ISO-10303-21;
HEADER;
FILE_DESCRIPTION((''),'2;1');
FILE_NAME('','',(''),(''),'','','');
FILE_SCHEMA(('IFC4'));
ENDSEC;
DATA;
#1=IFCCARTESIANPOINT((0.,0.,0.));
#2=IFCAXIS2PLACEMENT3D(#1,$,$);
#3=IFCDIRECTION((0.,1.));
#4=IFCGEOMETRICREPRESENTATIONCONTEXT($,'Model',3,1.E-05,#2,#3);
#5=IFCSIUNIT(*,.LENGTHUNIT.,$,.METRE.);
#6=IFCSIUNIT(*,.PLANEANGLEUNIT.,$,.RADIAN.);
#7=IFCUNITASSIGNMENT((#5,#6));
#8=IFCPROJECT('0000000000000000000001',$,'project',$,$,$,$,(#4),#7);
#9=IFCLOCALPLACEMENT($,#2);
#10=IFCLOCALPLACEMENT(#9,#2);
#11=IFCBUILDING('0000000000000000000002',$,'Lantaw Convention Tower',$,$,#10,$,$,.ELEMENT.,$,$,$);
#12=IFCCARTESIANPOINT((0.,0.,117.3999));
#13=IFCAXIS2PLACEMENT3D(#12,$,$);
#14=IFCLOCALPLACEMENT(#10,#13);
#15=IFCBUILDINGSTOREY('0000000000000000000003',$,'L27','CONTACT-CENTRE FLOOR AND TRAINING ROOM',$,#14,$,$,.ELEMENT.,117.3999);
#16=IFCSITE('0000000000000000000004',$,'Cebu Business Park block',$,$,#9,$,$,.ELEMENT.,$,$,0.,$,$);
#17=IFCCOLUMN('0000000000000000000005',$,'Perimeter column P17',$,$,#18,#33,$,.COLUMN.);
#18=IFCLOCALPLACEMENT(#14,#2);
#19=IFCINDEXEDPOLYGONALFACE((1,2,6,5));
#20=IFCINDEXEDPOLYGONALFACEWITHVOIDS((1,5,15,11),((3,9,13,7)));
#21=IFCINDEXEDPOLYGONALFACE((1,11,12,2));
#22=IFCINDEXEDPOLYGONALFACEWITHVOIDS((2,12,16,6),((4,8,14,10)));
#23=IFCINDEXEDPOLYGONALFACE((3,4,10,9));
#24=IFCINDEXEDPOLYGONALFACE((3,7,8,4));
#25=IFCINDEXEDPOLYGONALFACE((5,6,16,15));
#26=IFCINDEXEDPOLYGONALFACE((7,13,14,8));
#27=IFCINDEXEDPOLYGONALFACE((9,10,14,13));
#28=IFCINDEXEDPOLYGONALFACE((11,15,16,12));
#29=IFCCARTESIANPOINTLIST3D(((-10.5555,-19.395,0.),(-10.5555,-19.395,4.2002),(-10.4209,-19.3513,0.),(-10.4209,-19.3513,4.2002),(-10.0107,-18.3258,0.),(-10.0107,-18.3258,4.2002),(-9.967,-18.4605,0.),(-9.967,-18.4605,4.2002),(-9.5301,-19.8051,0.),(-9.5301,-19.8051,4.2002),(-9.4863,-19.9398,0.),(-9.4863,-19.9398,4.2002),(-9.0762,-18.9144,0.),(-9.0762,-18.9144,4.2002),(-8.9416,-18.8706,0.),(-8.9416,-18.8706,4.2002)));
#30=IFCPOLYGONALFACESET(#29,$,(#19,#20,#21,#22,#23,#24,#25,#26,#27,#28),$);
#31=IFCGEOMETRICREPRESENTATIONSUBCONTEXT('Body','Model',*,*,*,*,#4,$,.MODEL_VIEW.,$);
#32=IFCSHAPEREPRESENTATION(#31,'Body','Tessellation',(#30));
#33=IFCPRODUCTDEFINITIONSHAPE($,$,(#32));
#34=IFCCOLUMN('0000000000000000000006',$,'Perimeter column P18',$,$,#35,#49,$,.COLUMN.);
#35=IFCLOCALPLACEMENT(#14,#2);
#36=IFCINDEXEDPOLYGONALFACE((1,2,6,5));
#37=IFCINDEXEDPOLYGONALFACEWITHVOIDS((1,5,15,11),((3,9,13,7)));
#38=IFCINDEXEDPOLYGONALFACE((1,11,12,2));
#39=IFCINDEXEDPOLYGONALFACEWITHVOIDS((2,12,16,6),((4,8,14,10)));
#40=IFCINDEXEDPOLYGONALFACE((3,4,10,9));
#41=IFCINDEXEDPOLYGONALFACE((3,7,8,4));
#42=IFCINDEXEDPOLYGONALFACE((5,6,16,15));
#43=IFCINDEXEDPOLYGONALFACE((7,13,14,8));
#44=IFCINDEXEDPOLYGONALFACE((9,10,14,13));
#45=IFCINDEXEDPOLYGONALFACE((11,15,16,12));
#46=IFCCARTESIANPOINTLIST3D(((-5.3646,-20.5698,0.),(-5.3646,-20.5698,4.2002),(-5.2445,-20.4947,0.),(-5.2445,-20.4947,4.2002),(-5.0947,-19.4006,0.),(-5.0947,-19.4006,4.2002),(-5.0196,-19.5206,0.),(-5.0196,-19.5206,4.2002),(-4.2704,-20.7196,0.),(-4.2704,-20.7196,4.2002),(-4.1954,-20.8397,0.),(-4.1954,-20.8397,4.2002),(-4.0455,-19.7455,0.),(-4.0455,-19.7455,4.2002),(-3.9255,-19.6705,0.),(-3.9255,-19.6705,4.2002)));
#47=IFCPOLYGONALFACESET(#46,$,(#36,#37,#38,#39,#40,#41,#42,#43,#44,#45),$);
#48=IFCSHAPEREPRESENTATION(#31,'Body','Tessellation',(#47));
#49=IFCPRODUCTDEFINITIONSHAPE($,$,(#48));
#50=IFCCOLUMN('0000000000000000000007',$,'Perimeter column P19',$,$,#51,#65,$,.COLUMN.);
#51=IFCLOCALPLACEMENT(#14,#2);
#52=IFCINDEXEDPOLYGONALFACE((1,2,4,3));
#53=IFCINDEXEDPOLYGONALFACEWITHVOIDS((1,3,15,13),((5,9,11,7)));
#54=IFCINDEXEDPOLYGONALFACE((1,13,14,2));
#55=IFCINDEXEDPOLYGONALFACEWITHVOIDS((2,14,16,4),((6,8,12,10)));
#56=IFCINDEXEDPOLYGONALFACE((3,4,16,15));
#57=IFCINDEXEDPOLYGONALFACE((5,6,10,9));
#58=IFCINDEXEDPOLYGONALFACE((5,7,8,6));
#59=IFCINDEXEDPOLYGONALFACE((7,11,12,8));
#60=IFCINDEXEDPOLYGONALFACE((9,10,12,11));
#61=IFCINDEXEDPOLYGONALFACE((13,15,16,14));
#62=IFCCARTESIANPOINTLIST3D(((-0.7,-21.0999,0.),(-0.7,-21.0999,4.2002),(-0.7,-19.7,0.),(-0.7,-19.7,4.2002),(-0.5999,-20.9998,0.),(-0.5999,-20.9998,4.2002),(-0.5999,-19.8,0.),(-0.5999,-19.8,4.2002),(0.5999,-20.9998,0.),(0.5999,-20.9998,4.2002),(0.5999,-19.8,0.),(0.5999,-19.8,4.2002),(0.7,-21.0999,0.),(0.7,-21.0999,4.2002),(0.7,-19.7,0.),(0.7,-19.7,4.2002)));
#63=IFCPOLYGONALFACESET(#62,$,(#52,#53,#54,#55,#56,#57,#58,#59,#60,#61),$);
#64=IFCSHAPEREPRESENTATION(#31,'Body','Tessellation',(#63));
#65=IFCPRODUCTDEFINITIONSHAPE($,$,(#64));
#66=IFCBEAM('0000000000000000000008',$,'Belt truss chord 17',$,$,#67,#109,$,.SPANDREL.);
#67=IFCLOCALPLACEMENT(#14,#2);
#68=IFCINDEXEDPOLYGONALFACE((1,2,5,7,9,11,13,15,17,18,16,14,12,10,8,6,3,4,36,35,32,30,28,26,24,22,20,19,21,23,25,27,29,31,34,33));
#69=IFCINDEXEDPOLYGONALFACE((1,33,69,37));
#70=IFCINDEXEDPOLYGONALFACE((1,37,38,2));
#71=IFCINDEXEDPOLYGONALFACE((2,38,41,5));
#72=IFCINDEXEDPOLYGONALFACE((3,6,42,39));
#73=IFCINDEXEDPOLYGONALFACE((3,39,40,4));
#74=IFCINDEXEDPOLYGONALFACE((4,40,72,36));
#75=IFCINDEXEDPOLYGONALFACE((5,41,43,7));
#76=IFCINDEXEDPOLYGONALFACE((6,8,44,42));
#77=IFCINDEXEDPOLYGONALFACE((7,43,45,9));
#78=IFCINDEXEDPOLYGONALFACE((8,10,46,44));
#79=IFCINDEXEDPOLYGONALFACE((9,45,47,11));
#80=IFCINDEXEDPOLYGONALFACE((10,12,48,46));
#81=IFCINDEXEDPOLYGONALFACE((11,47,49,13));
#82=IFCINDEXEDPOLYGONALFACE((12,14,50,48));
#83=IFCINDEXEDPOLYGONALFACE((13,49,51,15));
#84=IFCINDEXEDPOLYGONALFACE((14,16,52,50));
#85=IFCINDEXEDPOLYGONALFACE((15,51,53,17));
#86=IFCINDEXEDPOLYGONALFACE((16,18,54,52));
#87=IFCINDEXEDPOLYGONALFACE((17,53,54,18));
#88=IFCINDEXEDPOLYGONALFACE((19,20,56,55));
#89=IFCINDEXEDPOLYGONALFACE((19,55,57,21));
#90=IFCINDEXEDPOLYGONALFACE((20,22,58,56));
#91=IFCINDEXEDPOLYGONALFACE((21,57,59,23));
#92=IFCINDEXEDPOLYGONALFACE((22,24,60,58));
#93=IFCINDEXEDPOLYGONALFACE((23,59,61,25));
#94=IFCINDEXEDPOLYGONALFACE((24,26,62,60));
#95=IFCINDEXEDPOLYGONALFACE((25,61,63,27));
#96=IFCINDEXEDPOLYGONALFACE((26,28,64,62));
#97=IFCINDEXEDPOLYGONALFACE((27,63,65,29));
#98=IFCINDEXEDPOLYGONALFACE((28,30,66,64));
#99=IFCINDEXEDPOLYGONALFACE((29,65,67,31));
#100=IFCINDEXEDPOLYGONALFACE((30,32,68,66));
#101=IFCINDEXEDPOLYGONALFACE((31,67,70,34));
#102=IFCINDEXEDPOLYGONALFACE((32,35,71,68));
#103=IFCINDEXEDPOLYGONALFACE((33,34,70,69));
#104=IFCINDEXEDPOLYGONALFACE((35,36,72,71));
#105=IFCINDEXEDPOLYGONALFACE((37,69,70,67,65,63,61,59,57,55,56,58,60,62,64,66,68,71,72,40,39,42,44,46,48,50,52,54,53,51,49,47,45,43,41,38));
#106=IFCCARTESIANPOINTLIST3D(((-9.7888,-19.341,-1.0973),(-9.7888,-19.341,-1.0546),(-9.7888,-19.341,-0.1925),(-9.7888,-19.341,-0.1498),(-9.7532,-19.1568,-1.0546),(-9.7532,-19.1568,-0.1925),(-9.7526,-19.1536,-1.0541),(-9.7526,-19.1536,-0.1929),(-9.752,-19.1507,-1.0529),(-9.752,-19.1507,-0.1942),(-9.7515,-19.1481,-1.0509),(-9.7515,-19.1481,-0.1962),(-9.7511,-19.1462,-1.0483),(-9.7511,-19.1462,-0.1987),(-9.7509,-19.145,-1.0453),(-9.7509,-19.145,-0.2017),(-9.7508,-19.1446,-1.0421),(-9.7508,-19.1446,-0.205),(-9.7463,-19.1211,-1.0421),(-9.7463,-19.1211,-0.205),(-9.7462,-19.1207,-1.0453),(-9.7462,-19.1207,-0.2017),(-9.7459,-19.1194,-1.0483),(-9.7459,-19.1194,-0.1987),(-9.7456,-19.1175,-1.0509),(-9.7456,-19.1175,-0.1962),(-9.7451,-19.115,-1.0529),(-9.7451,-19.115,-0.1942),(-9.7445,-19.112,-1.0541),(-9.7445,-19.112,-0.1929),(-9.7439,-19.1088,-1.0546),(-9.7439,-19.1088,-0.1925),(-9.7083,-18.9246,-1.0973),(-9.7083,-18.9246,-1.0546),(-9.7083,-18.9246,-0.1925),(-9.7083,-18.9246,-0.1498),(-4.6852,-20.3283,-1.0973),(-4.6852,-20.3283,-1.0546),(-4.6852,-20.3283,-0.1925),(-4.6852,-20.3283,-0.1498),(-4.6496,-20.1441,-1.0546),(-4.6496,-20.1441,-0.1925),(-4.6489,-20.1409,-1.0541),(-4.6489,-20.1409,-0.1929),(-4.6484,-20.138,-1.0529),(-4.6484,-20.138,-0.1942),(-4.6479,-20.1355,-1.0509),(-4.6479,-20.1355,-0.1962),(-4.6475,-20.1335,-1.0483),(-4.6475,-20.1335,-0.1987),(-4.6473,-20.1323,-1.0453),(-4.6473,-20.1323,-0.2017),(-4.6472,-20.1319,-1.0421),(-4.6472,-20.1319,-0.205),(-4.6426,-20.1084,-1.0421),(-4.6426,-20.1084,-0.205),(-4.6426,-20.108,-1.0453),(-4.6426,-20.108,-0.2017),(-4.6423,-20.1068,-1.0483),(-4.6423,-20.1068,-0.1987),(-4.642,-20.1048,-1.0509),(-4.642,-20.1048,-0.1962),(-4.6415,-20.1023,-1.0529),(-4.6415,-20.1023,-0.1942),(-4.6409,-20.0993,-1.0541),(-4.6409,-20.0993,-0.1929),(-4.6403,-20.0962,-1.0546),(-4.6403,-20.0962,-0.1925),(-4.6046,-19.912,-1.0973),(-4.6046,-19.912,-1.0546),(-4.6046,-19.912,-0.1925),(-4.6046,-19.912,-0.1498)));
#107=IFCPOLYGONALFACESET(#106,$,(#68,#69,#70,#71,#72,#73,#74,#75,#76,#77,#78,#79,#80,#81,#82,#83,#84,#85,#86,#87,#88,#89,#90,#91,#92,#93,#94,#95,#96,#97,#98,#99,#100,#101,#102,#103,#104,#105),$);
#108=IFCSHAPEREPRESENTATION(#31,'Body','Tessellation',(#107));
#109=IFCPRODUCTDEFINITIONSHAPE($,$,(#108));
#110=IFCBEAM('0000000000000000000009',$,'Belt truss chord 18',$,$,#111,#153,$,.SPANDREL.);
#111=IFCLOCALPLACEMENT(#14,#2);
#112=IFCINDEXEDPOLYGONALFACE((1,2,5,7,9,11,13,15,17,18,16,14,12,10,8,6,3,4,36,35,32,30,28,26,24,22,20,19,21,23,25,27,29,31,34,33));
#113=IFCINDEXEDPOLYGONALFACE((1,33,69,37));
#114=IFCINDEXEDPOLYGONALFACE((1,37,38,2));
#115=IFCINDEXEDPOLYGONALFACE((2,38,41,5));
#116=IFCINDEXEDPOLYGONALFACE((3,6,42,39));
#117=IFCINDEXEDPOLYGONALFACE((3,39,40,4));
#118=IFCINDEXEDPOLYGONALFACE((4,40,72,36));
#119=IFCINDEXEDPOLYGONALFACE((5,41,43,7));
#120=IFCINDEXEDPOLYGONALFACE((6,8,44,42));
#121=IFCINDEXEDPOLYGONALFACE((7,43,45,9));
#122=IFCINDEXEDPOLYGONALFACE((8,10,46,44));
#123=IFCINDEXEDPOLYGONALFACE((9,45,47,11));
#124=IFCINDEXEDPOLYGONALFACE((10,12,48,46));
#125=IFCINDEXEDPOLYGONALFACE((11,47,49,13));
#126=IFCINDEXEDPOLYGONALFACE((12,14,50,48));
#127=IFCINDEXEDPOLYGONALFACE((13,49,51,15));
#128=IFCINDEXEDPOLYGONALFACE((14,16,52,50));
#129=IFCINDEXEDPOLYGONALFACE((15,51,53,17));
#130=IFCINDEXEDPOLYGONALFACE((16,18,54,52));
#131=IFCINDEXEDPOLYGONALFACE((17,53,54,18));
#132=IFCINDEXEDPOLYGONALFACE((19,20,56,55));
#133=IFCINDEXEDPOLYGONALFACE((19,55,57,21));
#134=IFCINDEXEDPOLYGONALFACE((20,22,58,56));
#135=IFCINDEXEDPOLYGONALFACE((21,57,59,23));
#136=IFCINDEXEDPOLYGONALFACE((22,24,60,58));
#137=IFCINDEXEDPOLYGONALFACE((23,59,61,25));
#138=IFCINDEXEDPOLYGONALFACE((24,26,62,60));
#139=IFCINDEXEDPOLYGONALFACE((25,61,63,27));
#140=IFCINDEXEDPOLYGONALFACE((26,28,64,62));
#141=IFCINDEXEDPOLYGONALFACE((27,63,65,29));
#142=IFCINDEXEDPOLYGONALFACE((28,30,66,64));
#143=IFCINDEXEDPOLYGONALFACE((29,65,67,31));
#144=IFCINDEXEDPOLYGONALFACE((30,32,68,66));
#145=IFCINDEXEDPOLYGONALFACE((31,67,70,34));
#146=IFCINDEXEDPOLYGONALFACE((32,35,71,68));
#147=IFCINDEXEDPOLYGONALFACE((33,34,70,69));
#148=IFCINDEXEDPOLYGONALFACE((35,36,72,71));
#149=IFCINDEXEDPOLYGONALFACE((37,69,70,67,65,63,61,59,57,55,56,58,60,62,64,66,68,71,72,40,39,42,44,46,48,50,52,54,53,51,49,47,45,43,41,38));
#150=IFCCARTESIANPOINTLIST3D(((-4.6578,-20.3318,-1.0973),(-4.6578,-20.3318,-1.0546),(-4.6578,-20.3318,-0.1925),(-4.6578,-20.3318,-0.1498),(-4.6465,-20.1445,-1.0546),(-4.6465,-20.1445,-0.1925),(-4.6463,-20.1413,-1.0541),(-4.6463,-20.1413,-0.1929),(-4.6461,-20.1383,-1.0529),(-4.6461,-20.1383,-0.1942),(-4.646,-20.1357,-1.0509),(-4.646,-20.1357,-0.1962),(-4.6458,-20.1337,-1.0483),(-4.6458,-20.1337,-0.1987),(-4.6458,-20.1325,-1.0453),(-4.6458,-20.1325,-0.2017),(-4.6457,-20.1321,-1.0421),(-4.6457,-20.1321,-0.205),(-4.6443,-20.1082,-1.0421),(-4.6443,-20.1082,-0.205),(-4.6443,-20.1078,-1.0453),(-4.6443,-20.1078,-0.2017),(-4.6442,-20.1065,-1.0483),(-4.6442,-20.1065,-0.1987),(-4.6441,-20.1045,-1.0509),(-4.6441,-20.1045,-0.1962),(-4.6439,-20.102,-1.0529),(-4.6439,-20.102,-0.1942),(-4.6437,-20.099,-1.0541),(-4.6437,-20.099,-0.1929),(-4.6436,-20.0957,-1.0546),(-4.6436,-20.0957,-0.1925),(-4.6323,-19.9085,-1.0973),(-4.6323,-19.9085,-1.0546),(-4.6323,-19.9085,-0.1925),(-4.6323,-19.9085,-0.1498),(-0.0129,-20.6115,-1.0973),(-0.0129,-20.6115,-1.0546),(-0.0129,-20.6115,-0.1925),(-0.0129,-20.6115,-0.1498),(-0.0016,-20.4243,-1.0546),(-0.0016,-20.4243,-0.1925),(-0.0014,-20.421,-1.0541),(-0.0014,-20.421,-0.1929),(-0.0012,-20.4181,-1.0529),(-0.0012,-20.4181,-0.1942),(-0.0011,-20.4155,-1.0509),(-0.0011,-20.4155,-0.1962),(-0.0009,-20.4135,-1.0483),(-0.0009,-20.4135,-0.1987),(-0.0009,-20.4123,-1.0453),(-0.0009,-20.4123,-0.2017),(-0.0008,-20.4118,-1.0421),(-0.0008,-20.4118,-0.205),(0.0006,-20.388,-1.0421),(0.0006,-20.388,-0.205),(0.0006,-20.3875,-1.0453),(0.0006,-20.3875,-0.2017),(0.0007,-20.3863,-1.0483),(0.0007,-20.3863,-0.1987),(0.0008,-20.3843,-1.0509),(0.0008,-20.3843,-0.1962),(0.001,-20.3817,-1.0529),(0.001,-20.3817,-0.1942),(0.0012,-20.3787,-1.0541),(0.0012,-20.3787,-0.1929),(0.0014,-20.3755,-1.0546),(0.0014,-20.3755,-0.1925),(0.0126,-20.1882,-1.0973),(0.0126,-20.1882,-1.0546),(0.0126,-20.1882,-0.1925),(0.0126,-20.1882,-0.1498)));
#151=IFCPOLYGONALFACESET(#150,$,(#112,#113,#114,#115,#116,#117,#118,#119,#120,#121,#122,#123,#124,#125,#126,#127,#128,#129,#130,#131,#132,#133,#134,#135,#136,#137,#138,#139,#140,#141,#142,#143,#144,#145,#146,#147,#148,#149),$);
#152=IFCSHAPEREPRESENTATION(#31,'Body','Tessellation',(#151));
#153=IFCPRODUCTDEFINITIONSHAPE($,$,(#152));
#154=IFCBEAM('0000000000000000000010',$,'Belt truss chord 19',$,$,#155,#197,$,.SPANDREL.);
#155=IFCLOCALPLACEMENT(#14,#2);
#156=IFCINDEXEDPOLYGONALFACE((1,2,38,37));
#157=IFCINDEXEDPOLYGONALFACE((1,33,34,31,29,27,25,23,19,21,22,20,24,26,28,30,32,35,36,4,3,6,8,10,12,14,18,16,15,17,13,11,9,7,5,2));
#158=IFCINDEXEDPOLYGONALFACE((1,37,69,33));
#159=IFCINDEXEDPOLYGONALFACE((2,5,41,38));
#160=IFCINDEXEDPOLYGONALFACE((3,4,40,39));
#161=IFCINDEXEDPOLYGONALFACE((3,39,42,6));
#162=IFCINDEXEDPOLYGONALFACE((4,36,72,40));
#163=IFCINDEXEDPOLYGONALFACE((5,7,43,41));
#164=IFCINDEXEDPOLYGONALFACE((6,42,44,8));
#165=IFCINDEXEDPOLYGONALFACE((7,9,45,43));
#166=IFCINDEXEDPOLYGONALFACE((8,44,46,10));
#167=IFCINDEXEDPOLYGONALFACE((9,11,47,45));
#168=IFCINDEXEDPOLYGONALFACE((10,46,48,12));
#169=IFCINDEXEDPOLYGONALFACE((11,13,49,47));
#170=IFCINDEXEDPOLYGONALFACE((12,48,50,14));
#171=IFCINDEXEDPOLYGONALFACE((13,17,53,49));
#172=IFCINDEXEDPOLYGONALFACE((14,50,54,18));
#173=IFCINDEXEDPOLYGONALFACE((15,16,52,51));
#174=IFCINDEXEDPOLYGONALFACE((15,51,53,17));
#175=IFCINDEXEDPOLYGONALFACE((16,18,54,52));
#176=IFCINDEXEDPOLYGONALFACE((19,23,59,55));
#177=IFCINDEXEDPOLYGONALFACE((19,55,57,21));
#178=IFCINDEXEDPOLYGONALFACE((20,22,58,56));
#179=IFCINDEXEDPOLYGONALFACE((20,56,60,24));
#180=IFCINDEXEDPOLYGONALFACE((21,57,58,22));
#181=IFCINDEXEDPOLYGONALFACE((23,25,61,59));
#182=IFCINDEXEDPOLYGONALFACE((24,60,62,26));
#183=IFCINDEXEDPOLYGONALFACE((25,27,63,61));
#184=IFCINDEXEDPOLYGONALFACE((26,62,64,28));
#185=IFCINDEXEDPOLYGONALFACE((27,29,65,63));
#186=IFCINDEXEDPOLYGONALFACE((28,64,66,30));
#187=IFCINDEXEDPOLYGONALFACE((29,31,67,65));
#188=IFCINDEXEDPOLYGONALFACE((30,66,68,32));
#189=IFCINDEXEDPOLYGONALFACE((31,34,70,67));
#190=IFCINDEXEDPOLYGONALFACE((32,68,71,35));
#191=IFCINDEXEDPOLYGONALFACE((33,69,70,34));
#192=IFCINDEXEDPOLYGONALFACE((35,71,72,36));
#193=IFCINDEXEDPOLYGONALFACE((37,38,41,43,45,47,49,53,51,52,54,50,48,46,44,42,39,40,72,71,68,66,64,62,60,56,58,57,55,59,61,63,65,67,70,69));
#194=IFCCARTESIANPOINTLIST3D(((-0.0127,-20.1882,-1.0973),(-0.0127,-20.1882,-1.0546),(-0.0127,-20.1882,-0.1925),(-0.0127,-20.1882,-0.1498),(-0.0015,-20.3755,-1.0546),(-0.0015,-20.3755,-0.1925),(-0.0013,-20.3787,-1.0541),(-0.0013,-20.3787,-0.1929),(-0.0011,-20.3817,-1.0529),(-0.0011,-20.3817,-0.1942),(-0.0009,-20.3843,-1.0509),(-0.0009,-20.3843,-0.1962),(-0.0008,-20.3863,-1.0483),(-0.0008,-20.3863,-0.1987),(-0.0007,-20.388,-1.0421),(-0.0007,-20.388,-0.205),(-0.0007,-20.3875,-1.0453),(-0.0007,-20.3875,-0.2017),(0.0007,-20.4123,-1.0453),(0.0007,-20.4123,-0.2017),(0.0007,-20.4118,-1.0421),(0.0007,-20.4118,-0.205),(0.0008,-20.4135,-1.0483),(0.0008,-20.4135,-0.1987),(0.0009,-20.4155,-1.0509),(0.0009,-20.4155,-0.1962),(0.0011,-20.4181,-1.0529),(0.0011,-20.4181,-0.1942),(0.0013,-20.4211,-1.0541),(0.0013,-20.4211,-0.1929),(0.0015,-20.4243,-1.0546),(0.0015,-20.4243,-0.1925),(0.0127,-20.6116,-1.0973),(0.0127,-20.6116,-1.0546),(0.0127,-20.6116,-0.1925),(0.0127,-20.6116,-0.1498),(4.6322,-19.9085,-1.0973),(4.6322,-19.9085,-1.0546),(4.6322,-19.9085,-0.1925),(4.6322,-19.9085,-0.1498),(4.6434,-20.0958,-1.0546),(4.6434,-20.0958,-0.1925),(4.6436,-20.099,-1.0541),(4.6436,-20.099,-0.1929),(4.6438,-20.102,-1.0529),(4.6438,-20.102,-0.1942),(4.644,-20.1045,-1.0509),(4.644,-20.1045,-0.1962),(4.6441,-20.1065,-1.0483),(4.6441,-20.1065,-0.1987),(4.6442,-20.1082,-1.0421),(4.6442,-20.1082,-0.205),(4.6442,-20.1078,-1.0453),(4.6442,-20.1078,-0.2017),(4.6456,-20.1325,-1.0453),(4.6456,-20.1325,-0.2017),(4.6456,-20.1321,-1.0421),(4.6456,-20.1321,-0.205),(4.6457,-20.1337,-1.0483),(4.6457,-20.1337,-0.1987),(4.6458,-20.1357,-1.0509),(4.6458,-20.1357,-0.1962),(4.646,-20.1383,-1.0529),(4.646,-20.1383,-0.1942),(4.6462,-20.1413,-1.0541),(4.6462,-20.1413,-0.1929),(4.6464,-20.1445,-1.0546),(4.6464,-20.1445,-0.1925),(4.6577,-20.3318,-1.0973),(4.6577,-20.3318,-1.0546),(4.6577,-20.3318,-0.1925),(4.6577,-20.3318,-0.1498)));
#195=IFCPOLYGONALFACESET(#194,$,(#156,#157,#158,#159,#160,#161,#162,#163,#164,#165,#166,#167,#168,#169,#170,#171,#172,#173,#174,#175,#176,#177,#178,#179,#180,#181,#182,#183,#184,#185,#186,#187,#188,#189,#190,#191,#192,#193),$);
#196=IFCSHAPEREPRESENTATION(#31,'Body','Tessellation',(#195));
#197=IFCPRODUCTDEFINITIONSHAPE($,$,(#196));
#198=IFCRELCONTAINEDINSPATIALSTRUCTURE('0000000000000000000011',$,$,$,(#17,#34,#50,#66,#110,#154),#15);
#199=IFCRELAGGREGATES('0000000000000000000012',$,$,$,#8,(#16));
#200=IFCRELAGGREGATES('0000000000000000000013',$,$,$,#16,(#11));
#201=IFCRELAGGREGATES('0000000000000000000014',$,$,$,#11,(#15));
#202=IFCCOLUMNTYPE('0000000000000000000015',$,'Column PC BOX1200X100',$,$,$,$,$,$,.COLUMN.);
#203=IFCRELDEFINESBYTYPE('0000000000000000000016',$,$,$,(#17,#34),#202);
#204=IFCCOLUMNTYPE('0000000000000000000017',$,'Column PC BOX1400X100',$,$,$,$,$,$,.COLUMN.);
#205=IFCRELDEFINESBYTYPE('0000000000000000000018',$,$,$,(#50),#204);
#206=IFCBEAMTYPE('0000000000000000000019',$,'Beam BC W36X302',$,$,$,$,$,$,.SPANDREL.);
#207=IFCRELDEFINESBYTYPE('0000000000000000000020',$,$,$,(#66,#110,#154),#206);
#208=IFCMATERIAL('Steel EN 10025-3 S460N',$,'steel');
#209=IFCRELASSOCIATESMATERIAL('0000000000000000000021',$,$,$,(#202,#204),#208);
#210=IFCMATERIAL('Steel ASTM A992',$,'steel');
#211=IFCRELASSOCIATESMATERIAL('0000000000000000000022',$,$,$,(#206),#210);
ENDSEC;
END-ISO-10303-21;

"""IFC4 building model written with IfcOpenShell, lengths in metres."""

from ifc_helpers import new_model, si_unit, direction, frame, origin, origin_2d, place, context, subcontext, project, spatial, rectangle, hollow_rectangle, i_section, extrude, material, material_profile, profile_set, type_object, element, save


model = new_model("IFC4")

# Units and contexts
model_context = context("Model", 3, precision=1e-05, world=origin(), true_north=direction((0.0, 1.0)))
body_context = subcontext(model_context, "Body", "Model", "MODEL_VIEW")
ifc_project = project(units=[si_unit("LENGTHUNIT", "METRE"), si_unit("PLANEANGLEUNIT", "RADIAN")], contexts=[model_context])

# Site, building, storey
site_placement = place(None, origin())
site = spatial("IfcSite", under=ifc_project, at=site_placement, Name="Cebu Business Park block", CompositionType="ELEMENT", RefElevation=0.0)
building_placement = place(site_placement, origin())
building = spatial("IfcBuilding", under=site, at=building_placement, Name="Lantaw Convention Tower", CompositionType="ELEMENT")
storey_placement = place(building_placement, frame((0.0, 0.0, 117.3999)))
storey = spatial("IfcBuildingStorey", under=building, at=storey_placement, Name="L27", Description="CONTACT-CENTRE FLOOR AND TRAINING ROOM", CompositionType="ELEMENT", Elevation=117.3999)

# Columns
ifc_material_1 = material(Name="Steel EN 10025-3 S460N", Category="steel")
ifc_material_profile_1 = material_profile(ifc_material_1, hollow_rectangle(XDim=1.2, YDim=1.2, WallThickness=0.1001, at=origin_2d()), Name="BOX1200X100")
ifc_material_2 = material(Name="Concrete C60/75", Category="concrete")
ifc_material_profile_2 = material_profile(ifc_material_2, rectangle(XDim=1.0, YDim=1.0, at=origin_2d()), Name="Concrete fill of BOX1200X100")
ifc_profile_set_1 = profile_set([ifc_material_profile_1, ifc_material_profile_2], Name="Steel EN 10025-3 S460N")
column_type_1 = type_object("IfcColumnType", Name="Column PC BOX1200X100", PredefinedType="COLUMN", material=ifc_profile_set_1)
for number, where, z_axis, x_axis, name in (
    (1, (-9.7485, -19.1328, 0.0), (0.0, 0.0, 1.0), (0.45399, 0.891007, 0.0), "Perimeter column P17"),
    (2, (-4.645, -20.1201, 0.0), (0.0, 0.0, 1.0), (0.224951, 0.97437, 0.0), "Perimeter column P18"),
):
    element("IfcColumn", number, at=place(storey_placement, frame(where, z_axis=z_axis, x_axis=x_axis)), inside=storey, type_object=column_type_1, Name=name, PredefinedType="COLUMN", context=body_context, shape_type="SweptSolid", body=[
        extrude(hollow_rectangle(XDim=1.2, YDim=1.2, WallThickness=0.1001, at=origin_2d()), origin(), (0.0, 0.0, 1.0), 4.2002),
    ])
ifc_material_profile_3 = material_profile(ifc_material_1, hollow_rectangle(XDim=1.3999, YDim=1.3999, WallThickness=0.1001, at=origin_2d()), Name="BOX1400X100")
ifc_material_profile_4 = material_profile(ifc_material_2, rectangle(XDim=1.2, YDim=1.2, at=origin_2d()), Name="Concrete fill of BOX1400X100")
ifc_profile_set_2 = profile_set([ifc_material_profile_3, ifc_material_profile_4], Name="Steel EN 10025-3 S460N")
column_type_2 = type_object("IfcColumnType", Name="Column PC BOX1400X100", PredefinedType="COLUMN", material=ifc_profile_set_2)
column_placement = place(storey_placement, frame((0.0, -20.3999, 0.0), z_axis=(0.0, 0.0, 1.0), x_axis=(1.0, 0.0, 0.0)))
element("IfcColumn", 3, at=column_placement, inside=storey, type_object=column_type_2, Name="Perimeter column P19", PredefinedType="COLUMN", context=body_context, shape_type="SweptSolid", body=[
    extrude(hollow_rectangle(XDim=1.3999, YDim=1.3999, WallThickness=0.1001, at=origin_2d()), origin(), (0.0, 0.0, 1.0), 4.2002),
])

# Beams
ifc_material_3 = material(Name="Steel ASTM A992", Category="steel")
ifc_material_profile_5 = material_profile(ifc_material_3, i_section(OverallWidth=0.4241, OverallDepth=0.9475, WebThickness=0.0239, FlangeThickness=0.0427, FilletRadius=0.0125, at=origin_2d()), Name="W36X302")
ifc_profile_set_3 = profile_set([ifc_material_profile_5], Name="Steel ASTM A992")
beam_type_1 = type_object("IfcBeamType", Name="Beam BC W36X302", PredefinedType="SPANDREL", material=ifc_profile_set_3)
beam_1_placement = place(storey_placement, frame((-9.7485, -19.1328, -0.6235), z_axis=(0.981797, -0.189934, 0.0), x_axis=(0.189934, 0.981797, 0.0)))
element("IfcBeam", 4, at=beam_1_placement, inside=storey, type_object=beam_type_1, Name="Belt truss chord 17", PredefinedType="SPANDREL", context=body_context, shape_type="SweptSolid", body=[
    extrude(i_section(OverallWidth=0.4241, OverallDepth=0.9475, WebThickness=0.0239, FlangeThickness=0.0427, FilletRadius=0.0125, at=origin_2d()), origin(), (0.0, 0.0, 1.0), 5.1982),
])
for number, where, z_axis, x_axis, name in (
    (5, (-4.645, -20.1201, -0.6235), (0.998191, -0.060124, 0.0), (0.060124, 0.998191, 0.0), "Belt truss chord 18"),
    (6, (0.0, -20.3999, -0.6235), (0.998191, 0.060124, 0.0), (-0.060124, 0.998191, 0.0), "Belt truss chord 19"),
):
    element("IfcBeam", number, at=place(storey_placement, frame(where, z_axis=z_axis, x_axis=x_axis)), inside=storey, type_object=beam_type_1, Name=name, PredefinedType="SPANDREL", context=body_context, shape_type="SweptSolid", body=[
        extrude(i_section(OverallWidth=0.4241, OverallDepth=0.9475, WebThickness=0.0239, FlangeThickness=0.0427, FilletRadius=0.0125, at=origin_2d()), origin(), (0.0, 0.0, 1.0), 4.6533),
    ])

save(model, "model.ifc")
